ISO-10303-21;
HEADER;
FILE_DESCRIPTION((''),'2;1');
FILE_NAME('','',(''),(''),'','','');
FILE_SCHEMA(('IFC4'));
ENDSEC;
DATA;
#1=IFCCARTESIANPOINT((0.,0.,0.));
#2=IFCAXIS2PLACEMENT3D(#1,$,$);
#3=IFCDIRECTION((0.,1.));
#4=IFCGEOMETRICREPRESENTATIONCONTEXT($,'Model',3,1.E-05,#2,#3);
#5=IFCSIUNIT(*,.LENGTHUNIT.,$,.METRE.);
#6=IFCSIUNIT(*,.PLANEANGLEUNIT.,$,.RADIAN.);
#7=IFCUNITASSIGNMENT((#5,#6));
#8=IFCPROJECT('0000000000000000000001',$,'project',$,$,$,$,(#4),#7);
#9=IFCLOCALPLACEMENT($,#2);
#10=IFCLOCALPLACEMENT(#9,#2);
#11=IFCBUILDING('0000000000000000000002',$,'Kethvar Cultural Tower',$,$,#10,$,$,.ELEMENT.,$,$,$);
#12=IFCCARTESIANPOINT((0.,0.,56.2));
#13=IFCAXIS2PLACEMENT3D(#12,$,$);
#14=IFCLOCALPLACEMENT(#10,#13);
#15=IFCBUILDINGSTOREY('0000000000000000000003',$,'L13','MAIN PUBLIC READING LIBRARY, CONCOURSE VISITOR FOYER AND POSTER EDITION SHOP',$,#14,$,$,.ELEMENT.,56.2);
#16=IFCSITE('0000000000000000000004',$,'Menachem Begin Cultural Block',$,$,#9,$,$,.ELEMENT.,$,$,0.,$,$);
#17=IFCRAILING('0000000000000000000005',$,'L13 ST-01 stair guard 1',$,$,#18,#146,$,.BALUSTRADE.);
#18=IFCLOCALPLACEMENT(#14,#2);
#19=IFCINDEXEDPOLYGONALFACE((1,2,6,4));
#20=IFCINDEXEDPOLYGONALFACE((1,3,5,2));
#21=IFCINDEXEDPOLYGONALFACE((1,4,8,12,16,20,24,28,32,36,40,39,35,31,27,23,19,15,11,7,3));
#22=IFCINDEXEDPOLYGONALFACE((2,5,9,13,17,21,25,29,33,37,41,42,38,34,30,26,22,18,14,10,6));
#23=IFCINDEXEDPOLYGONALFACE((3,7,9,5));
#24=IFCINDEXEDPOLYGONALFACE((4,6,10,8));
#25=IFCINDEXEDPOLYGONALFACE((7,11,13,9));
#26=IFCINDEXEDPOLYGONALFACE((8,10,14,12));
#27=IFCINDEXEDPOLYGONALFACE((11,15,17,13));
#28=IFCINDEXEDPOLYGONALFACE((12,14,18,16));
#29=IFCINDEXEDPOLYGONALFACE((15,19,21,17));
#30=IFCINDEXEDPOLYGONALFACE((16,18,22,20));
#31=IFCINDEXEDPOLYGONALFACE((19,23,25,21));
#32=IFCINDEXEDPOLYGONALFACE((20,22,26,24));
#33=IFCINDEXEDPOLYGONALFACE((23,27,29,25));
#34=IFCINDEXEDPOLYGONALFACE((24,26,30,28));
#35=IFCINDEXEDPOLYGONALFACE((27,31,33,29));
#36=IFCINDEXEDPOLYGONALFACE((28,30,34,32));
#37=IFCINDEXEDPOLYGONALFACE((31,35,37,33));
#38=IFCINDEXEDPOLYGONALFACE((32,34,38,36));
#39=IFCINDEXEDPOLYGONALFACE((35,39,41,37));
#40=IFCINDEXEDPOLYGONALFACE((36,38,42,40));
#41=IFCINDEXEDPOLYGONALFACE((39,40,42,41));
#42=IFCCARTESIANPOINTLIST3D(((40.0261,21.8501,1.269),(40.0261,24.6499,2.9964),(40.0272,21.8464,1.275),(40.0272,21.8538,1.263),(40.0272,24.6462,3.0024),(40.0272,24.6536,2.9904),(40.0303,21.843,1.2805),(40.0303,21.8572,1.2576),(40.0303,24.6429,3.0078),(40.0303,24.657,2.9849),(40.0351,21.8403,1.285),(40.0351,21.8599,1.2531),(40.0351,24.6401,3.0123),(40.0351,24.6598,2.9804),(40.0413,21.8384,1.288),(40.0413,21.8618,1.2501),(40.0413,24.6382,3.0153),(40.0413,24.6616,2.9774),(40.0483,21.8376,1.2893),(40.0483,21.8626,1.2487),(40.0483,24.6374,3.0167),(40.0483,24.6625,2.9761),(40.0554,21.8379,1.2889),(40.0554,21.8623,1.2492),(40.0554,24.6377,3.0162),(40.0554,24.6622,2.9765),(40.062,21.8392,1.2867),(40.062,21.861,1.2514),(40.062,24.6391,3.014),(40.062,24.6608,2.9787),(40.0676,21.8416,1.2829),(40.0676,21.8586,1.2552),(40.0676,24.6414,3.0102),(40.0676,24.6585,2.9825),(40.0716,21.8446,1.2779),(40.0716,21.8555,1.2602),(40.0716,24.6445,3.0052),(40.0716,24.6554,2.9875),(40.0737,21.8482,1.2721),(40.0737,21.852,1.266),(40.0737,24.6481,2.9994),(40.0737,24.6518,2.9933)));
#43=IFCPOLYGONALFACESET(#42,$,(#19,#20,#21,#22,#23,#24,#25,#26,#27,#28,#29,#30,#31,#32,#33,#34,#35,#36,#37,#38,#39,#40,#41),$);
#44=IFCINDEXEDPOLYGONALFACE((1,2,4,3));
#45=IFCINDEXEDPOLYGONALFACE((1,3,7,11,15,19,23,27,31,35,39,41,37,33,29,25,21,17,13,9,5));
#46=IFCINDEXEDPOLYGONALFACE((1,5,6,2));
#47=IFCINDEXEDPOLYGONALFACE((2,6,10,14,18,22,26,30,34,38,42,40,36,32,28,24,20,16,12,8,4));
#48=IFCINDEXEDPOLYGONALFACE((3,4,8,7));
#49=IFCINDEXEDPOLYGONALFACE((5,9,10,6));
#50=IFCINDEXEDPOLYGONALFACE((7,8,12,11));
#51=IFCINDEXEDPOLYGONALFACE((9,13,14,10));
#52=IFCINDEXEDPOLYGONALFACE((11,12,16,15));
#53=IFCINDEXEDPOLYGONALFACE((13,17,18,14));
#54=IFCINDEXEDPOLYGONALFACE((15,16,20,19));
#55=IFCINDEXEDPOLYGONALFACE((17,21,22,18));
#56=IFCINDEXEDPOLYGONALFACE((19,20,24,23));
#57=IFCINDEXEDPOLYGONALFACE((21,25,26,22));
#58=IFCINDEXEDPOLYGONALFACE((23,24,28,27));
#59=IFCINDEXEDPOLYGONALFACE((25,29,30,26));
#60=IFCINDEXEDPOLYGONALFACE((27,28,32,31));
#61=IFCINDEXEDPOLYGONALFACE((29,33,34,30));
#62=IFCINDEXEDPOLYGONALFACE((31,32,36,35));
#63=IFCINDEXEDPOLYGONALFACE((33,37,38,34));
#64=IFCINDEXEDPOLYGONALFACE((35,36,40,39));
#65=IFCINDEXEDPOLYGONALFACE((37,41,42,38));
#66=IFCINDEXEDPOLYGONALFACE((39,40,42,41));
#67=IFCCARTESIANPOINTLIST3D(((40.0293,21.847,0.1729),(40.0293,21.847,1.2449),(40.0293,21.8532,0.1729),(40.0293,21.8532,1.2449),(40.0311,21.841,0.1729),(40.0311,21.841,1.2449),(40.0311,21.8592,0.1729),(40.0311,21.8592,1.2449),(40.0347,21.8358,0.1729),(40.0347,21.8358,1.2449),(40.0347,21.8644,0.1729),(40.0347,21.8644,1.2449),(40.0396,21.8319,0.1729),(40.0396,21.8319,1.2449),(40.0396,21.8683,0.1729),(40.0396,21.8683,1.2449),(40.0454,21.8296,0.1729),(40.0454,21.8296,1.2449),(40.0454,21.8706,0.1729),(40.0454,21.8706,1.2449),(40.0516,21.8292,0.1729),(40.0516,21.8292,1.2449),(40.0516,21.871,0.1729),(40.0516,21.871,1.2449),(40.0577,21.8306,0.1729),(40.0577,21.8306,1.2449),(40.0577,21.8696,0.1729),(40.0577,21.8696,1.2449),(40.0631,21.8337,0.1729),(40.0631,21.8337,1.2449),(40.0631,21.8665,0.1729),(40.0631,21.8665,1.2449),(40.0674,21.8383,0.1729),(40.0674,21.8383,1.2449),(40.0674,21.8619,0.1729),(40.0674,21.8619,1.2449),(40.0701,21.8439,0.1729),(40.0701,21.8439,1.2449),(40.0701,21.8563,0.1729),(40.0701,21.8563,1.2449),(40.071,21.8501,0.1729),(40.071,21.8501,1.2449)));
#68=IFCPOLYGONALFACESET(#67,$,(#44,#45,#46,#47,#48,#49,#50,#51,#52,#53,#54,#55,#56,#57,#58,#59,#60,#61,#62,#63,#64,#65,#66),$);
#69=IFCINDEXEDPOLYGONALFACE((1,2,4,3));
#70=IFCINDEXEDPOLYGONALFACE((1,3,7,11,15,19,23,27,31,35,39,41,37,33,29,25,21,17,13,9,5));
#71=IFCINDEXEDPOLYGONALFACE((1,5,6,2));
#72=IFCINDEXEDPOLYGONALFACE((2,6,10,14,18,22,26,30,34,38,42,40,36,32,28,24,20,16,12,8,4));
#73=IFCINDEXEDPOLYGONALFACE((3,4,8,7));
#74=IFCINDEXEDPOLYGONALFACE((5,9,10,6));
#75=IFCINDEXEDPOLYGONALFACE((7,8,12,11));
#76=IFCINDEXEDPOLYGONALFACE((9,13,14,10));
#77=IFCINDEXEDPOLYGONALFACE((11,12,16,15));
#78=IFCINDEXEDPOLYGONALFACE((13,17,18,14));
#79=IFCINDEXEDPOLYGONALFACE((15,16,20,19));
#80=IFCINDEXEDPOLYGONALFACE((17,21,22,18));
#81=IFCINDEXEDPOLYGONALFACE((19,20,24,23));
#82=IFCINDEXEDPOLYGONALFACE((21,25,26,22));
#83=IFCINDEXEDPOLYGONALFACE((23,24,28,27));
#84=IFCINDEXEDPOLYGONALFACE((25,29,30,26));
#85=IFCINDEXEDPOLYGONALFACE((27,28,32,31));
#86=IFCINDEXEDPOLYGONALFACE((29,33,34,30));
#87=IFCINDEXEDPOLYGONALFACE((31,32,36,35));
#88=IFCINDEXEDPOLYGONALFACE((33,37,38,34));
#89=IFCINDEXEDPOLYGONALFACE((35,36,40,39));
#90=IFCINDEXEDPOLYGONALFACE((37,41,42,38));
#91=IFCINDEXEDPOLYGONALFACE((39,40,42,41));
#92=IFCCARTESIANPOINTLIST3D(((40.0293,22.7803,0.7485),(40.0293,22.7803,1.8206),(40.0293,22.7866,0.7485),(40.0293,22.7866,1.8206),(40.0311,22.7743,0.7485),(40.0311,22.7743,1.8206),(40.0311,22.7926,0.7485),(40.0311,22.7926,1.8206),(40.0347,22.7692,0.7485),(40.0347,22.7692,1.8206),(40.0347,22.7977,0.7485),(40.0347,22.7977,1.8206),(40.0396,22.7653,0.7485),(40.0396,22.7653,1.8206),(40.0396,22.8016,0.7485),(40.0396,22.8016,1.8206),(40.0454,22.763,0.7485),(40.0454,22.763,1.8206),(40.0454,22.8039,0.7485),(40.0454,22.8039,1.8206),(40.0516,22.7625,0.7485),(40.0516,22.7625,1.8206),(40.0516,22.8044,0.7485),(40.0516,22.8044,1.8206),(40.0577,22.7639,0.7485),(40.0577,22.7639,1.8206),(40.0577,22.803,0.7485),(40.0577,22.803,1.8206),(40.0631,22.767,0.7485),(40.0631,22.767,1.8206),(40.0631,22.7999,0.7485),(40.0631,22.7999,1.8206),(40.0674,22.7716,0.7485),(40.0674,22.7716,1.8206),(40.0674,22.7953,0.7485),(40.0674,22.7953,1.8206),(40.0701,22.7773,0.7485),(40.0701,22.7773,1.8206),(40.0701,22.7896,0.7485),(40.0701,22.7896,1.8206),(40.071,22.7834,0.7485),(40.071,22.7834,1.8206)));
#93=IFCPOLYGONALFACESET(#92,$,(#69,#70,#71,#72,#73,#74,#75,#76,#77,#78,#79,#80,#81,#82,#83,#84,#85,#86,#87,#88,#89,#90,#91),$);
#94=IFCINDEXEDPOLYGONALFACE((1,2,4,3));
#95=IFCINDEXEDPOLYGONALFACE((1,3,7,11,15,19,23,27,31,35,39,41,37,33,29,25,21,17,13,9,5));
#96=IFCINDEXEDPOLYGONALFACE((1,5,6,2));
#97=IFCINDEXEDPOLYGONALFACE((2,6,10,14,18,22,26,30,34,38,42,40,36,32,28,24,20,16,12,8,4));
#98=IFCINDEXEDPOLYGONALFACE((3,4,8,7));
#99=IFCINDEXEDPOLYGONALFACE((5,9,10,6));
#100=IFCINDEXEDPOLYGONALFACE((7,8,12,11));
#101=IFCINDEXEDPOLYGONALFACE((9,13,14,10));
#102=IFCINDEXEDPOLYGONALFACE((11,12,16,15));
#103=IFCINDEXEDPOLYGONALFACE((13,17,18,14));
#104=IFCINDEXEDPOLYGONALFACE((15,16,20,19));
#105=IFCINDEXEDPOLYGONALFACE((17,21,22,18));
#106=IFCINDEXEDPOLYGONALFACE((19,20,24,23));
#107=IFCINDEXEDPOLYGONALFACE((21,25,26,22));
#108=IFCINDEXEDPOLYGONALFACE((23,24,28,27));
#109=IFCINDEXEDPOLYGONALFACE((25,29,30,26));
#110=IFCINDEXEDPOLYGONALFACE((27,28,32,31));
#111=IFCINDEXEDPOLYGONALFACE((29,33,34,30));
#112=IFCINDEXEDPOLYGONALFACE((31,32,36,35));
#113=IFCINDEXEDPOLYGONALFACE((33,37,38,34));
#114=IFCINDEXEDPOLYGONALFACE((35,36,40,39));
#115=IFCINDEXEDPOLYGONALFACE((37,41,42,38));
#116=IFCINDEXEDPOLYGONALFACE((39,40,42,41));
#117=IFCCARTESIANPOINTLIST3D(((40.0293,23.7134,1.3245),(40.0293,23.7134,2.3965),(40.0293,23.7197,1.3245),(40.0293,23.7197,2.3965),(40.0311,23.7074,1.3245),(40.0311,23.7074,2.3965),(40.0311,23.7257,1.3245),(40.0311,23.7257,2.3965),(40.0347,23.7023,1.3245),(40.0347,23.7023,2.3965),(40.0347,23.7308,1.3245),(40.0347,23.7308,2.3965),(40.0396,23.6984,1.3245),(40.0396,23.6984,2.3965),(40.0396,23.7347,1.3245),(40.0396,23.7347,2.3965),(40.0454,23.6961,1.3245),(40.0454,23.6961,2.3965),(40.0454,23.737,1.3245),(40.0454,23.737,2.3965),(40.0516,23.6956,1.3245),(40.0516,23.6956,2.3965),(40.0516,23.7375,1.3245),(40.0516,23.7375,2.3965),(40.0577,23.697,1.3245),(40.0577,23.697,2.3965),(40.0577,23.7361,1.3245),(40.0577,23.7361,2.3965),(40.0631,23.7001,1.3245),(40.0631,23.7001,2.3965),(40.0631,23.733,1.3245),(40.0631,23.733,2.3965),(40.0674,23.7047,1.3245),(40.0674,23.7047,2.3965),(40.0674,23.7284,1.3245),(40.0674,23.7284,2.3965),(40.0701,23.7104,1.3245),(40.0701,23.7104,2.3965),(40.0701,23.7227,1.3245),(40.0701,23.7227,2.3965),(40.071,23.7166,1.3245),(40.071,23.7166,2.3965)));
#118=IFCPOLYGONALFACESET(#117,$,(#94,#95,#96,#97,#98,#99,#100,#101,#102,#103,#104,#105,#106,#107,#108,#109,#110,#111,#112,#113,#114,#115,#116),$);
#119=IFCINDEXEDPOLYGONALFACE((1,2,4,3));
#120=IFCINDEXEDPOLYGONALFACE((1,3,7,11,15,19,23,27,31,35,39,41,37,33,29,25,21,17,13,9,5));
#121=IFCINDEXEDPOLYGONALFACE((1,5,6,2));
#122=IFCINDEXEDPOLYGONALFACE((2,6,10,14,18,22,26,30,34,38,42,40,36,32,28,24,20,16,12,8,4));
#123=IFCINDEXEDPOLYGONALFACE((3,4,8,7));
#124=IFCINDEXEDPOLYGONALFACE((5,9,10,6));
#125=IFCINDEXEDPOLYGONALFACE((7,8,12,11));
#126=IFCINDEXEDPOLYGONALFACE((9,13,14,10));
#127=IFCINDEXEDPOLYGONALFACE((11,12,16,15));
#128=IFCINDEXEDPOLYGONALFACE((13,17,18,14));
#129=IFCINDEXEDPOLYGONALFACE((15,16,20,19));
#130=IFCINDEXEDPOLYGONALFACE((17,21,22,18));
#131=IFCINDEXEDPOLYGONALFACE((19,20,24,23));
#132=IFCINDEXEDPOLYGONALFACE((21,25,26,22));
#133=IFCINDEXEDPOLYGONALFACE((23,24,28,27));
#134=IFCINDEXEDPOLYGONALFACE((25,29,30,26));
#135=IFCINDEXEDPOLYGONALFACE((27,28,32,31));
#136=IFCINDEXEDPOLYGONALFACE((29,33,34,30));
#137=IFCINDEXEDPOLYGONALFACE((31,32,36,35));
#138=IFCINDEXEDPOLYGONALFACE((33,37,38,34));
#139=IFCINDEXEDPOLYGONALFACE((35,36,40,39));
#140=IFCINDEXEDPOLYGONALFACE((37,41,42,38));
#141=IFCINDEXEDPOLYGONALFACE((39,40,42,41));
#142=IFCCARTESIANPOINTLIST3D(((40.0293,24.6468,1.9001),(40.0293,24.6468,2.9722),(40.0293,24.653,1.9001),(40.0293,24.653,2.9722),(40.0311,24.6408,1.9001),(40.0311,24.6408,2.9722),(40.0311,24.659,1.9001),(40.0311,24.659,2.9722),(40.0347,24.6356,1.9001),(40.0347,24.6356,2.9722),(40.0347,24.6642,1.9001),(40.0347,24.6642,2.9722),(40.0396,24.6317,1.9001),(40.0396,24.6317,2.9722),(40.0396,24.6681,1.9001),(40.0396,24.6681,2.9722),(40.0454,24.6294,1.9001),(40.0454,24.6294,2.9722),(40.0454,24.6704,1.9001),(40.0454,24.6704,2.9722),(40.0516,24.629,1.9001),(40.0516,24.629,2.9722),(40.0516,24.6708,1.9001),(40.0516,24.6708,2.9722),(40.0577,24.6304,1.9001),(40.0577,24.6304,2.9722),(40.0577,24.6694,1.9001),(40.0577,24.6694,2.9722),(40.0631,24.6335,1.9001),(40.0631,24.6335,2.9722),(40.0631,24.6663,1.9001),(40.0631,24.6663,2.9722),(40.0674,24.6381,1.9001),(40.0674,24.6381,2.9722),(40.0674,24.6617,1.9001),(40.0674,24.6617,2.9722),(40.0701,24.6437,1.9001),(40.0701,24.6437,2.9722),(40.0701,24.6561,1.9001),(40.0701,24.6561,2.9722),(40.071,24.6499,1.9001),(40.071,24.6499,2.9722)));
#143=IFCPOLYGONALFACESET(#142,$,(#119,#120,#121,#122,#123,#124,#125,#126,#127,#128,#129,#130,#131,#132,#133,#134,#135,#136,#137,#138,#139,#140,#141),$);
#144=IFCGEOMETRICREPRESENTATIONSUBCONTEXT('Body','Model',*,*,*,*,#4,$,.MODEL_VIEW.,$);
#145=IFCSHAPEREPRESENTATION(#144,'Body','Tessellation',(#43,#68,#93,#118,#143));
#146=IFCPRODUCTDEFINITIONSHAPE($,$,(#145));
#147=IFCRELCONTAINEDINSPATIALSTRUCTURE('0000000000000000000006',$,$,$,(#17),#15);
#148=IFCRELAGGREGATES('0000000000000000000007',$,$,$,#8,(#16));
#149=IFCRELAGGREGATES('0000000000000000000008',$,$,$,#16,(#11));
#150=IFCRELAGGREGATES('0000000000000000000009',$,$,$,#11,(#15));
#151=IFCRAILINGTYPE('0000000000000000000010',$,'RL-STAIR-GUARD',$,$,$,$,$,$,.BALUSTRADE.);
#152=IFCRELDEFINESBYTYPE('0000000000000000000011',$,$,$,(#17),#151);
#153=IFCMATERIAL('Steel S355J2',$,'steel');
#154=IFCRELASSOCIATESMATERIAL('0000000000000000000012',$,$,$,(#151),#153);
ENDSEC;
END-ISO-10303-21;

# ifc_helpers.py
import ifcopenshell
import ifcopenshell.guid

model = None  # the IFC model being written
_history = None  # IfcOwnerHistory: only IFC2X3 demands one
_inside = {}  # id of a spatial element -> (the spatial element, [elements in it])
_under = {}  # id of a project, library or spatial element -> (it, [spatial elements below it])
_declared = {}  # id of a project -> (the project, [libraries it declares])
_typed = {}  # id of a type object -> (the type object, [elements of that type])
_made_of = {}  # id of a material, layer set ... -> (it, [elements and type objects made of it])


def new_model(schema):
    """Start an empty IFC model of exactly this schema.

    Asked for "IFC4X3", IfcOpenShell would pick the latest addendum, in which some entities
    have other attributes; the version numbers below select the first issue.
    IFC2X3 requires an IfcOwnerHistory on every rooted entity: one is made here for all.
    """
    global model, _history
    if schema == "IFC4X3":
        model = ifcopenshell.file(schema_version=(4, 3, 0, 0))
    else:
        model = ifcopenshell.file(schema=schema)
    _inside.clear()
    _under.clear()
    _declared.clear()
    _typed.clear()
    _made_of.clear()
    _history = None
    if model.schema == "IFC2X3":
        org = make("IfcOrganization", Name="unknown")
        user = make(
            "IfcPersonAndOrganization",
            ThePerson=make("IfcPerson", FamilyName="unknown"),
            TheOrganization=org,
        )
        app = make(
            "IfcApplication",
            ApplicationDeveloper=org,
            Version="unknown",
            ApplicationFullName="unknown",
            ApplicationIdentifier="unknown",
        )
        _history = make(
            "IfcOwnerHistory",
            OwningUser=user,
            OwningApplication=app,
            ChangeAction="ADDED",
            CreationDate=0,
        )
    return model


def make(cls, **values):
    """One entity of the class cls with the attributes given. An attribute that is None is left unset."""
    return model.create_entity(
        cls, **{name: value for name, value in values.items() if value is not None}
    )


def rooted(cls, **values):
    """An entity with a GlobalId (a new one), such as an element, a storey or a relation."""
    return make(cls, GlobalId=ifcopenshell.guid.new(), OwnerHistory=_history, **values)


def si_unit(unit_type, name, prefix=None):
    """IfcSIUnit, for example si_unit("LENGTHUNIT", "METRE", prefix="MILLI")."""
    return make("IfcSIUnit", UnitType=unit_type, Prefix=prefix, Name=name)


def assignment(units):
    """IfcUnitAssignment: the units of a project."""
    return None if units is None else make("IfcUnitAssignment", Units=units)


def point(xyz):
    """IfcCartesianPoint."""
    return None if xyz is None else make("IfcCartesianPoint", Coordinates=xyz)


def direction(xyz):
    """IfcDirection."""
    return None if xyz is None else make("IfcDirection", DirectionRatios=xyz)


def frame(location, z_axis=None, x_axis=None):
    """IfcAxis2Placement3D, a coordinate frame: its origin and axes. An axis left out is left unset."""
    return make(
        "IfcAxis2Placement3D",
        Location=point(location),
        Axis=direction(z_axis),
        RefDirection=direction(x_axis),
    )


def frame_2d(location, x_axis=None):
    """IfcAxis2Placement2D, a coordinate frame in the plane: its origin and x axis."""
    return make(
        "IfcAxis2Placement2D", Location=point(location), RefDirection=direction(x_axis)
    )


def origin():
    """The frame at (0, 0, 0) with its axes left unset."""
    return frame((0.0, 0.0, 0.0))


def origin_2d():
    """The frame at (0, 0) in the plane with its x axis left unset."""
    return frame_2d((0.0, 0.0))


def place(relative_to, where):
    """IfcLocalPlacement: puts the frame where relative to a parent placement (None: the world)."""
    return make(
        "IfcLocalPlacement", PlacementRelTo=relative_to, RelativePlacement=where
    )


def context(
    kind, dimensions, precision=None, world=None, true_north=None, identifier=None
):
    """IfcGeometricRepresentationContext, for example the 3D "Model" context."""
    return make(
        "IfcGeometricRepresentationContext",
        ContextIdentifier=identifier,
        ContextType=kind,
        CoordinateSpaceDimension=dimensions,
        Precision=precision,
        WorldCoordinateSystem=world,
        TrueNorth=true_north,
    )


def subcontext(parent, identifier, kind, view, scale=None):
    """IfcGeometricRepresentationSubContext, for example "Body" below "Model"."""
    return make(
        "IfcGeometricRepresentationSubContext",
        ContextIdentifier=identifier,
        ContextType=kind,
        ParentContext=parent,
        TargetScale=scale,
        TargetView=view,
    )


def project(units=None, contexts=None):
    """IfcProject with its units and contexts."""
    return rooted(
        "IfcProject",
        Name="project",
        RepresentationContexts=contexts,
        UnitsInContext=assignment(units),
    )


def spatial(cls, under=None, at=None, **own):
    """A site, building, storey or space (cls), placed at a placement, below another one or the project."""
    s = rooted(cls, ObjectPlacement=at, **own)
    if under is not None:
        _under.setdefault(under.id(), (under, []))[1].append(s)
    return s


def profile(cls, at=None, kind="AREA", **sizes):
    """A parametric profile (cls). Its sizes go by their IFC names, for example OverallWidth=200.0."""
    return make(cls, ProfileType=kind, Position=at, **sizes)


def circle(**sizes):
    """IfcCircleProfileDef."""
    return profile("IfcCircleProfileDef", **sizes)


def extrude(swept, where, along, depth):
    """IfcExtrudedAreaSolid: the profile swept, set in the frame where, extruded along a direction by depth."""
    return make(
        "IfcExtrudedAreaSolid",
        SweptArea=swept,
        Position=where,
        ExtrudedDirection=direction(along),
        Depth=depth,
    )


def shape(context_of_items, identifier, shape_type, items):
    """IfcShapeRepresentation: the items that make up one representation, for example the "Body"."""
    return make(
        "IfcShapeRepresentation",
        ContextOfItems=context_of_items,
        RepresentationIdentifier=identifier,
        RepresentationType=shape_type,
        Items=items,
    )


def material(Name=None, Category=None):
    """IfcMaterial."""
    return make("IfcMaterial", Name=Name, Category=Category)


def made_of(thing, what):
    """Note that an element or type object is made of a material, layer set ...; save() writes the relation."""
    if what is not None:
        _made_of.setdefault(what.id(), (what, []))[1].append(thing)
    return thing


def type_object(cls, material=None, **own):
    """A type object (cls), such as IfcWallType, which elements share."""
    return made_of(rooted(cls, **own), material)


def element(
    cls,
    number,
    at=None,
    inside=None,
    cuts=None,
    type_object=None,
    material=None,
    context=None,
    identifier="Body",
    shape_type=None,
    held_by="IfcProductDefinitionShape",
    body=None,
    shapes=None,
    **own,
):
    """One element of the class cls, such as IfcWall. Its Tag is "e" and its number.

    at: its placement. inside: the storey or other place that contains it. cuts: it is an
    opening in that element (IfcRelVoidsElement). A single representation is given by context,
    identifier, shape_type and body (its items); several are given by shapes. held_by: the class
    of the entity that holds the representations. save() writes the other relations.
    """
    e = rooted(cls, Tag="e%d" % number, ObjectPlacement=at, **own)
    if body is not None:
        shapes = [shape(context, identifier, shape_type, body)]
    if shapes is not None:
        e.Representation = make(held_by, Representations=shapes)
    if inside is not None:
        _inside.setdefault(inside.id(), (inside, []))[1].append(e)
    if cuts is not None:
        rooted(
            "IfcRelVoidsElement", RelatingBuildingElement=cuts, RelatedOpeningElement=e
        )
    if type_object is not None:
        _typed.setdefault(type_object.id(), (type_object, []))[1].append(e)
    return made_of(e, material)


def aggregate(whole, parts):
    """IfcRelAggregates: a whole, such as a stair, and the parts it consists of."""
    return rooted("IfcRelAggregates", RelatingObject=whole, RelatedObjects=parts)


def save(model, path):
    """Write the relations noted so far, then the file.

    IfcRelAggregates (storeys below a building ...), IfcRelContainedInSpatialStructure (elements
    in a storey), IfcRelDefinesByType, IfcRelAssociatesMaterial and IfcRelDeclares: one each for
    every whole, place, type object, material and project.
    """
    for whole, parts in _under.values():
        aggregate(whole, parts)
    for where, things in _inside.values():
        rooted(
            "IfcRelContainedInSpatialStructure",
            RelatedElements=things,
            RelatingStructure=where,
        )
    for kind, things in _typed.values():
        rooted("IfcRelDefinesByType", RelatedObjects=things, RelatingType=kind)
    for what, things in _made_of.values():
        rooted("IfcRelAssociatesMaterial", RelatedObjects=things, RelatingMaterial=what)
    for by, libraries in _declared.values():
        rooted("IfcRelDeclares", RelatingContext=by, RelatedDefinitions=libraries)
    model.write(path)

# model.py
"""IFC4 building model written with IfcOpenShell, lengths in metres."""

from ifc_helpers import new_model, si_unit, direction, frame, origin, origin_2d, place, context, subcontext, project, spatial, circle, extrude, material, type_object, element, save


model = new_model("IFC4")

# Units and contexts
model_context = context("Model", 3, precision=1e-05, world=origin(), true_north=direction((0.0, 1.0)))
body_context = subcontext(model_context, "Body", "Model", "MODEL_VIEW")
ifc_project = project(units=[si_unit("LENGTHUNIT", "METRE"), si_unit("PLANEANGLEUNIT", "RADIAN")], contexts=[model_context])

# Site, building, storey
site_placement = place(None, origin())
site = spatial("IfcSite", under=ifc_project, at=site_placement, Name="Menachem Begin Cultural Block", CompositionType="ELEMENT", RefElevation=0.0)
building_placement = place(site_placement, origin())
building = spatial("IfcBuilding", under=site, at=building_placement, Name="Kethvar Cultural Tower", CompositionType="ELEMENT")
storey_placement = place(building_placement, frame((0.0, 0.0, 56.2)))
storey = spatial("IfcBuildingStorey", under=building, at=storey_placement, Name="L13", Description="MAIN PUBLIC READING LIBRARY, CONCOURSE VISITOR FOYER AND POSTER EDITION SHOP", CompositionType="ELEMENT", Elevation=56.2)

# Shared definitions
ifc_material_1 = material(Name="Steel S355J2", Category="steel")

# Railing
railing_type_1 = type_object("IfcRailingType", Name="RL-STAIR-GUARD", PredefinedType="BALUSTRADE", material=ifc_material_1)
railing_1_placement = place(storey_placement, frame((40.05, 21.8501, 0.1729)))
element("IfcRailing", 1, at=railing_1_placement, inside=storey, type_object=railing_type_1, Name="L13 ST-01 stair guard 1", PredefinedType="BALUSTRADE", context=body_context, shape_type="SweptSolid", body=[
    extrude(circle(Radius=0.0239, at=origin_2d()), frame((0.0, 0.0, 1.0962), z_axis=(0.0, 0.851069, 0.525054), x_axis=(-1.0, 0.0, 0.0)), (0.0, 0.0, 1.0), 3.2898),
    extrude(circle(Radius=0.021, at=origin_2d()), origin(), (0.0, 0.0, 1.0), 1.072),
    extrude(circle(Radius=0.021, at=origin_2d()), frame((0.0, 0.9333, 0.5757)), (0.0, 0.0, 1.0), 1.072),
    extrude(circle(Radius=0.021, at=origin_2d()), frame((0.0, 1.8665, 1.1516)), (0.0, 0.0, 1.0), 1.072),
    extrude(circle(Radius=0.021, at=origin_2d()), frame((0.0, 2.7998, 1.7273)), (0.0, 0.0, 1.0), 1.072),
])

save(model, "model.ifc")
